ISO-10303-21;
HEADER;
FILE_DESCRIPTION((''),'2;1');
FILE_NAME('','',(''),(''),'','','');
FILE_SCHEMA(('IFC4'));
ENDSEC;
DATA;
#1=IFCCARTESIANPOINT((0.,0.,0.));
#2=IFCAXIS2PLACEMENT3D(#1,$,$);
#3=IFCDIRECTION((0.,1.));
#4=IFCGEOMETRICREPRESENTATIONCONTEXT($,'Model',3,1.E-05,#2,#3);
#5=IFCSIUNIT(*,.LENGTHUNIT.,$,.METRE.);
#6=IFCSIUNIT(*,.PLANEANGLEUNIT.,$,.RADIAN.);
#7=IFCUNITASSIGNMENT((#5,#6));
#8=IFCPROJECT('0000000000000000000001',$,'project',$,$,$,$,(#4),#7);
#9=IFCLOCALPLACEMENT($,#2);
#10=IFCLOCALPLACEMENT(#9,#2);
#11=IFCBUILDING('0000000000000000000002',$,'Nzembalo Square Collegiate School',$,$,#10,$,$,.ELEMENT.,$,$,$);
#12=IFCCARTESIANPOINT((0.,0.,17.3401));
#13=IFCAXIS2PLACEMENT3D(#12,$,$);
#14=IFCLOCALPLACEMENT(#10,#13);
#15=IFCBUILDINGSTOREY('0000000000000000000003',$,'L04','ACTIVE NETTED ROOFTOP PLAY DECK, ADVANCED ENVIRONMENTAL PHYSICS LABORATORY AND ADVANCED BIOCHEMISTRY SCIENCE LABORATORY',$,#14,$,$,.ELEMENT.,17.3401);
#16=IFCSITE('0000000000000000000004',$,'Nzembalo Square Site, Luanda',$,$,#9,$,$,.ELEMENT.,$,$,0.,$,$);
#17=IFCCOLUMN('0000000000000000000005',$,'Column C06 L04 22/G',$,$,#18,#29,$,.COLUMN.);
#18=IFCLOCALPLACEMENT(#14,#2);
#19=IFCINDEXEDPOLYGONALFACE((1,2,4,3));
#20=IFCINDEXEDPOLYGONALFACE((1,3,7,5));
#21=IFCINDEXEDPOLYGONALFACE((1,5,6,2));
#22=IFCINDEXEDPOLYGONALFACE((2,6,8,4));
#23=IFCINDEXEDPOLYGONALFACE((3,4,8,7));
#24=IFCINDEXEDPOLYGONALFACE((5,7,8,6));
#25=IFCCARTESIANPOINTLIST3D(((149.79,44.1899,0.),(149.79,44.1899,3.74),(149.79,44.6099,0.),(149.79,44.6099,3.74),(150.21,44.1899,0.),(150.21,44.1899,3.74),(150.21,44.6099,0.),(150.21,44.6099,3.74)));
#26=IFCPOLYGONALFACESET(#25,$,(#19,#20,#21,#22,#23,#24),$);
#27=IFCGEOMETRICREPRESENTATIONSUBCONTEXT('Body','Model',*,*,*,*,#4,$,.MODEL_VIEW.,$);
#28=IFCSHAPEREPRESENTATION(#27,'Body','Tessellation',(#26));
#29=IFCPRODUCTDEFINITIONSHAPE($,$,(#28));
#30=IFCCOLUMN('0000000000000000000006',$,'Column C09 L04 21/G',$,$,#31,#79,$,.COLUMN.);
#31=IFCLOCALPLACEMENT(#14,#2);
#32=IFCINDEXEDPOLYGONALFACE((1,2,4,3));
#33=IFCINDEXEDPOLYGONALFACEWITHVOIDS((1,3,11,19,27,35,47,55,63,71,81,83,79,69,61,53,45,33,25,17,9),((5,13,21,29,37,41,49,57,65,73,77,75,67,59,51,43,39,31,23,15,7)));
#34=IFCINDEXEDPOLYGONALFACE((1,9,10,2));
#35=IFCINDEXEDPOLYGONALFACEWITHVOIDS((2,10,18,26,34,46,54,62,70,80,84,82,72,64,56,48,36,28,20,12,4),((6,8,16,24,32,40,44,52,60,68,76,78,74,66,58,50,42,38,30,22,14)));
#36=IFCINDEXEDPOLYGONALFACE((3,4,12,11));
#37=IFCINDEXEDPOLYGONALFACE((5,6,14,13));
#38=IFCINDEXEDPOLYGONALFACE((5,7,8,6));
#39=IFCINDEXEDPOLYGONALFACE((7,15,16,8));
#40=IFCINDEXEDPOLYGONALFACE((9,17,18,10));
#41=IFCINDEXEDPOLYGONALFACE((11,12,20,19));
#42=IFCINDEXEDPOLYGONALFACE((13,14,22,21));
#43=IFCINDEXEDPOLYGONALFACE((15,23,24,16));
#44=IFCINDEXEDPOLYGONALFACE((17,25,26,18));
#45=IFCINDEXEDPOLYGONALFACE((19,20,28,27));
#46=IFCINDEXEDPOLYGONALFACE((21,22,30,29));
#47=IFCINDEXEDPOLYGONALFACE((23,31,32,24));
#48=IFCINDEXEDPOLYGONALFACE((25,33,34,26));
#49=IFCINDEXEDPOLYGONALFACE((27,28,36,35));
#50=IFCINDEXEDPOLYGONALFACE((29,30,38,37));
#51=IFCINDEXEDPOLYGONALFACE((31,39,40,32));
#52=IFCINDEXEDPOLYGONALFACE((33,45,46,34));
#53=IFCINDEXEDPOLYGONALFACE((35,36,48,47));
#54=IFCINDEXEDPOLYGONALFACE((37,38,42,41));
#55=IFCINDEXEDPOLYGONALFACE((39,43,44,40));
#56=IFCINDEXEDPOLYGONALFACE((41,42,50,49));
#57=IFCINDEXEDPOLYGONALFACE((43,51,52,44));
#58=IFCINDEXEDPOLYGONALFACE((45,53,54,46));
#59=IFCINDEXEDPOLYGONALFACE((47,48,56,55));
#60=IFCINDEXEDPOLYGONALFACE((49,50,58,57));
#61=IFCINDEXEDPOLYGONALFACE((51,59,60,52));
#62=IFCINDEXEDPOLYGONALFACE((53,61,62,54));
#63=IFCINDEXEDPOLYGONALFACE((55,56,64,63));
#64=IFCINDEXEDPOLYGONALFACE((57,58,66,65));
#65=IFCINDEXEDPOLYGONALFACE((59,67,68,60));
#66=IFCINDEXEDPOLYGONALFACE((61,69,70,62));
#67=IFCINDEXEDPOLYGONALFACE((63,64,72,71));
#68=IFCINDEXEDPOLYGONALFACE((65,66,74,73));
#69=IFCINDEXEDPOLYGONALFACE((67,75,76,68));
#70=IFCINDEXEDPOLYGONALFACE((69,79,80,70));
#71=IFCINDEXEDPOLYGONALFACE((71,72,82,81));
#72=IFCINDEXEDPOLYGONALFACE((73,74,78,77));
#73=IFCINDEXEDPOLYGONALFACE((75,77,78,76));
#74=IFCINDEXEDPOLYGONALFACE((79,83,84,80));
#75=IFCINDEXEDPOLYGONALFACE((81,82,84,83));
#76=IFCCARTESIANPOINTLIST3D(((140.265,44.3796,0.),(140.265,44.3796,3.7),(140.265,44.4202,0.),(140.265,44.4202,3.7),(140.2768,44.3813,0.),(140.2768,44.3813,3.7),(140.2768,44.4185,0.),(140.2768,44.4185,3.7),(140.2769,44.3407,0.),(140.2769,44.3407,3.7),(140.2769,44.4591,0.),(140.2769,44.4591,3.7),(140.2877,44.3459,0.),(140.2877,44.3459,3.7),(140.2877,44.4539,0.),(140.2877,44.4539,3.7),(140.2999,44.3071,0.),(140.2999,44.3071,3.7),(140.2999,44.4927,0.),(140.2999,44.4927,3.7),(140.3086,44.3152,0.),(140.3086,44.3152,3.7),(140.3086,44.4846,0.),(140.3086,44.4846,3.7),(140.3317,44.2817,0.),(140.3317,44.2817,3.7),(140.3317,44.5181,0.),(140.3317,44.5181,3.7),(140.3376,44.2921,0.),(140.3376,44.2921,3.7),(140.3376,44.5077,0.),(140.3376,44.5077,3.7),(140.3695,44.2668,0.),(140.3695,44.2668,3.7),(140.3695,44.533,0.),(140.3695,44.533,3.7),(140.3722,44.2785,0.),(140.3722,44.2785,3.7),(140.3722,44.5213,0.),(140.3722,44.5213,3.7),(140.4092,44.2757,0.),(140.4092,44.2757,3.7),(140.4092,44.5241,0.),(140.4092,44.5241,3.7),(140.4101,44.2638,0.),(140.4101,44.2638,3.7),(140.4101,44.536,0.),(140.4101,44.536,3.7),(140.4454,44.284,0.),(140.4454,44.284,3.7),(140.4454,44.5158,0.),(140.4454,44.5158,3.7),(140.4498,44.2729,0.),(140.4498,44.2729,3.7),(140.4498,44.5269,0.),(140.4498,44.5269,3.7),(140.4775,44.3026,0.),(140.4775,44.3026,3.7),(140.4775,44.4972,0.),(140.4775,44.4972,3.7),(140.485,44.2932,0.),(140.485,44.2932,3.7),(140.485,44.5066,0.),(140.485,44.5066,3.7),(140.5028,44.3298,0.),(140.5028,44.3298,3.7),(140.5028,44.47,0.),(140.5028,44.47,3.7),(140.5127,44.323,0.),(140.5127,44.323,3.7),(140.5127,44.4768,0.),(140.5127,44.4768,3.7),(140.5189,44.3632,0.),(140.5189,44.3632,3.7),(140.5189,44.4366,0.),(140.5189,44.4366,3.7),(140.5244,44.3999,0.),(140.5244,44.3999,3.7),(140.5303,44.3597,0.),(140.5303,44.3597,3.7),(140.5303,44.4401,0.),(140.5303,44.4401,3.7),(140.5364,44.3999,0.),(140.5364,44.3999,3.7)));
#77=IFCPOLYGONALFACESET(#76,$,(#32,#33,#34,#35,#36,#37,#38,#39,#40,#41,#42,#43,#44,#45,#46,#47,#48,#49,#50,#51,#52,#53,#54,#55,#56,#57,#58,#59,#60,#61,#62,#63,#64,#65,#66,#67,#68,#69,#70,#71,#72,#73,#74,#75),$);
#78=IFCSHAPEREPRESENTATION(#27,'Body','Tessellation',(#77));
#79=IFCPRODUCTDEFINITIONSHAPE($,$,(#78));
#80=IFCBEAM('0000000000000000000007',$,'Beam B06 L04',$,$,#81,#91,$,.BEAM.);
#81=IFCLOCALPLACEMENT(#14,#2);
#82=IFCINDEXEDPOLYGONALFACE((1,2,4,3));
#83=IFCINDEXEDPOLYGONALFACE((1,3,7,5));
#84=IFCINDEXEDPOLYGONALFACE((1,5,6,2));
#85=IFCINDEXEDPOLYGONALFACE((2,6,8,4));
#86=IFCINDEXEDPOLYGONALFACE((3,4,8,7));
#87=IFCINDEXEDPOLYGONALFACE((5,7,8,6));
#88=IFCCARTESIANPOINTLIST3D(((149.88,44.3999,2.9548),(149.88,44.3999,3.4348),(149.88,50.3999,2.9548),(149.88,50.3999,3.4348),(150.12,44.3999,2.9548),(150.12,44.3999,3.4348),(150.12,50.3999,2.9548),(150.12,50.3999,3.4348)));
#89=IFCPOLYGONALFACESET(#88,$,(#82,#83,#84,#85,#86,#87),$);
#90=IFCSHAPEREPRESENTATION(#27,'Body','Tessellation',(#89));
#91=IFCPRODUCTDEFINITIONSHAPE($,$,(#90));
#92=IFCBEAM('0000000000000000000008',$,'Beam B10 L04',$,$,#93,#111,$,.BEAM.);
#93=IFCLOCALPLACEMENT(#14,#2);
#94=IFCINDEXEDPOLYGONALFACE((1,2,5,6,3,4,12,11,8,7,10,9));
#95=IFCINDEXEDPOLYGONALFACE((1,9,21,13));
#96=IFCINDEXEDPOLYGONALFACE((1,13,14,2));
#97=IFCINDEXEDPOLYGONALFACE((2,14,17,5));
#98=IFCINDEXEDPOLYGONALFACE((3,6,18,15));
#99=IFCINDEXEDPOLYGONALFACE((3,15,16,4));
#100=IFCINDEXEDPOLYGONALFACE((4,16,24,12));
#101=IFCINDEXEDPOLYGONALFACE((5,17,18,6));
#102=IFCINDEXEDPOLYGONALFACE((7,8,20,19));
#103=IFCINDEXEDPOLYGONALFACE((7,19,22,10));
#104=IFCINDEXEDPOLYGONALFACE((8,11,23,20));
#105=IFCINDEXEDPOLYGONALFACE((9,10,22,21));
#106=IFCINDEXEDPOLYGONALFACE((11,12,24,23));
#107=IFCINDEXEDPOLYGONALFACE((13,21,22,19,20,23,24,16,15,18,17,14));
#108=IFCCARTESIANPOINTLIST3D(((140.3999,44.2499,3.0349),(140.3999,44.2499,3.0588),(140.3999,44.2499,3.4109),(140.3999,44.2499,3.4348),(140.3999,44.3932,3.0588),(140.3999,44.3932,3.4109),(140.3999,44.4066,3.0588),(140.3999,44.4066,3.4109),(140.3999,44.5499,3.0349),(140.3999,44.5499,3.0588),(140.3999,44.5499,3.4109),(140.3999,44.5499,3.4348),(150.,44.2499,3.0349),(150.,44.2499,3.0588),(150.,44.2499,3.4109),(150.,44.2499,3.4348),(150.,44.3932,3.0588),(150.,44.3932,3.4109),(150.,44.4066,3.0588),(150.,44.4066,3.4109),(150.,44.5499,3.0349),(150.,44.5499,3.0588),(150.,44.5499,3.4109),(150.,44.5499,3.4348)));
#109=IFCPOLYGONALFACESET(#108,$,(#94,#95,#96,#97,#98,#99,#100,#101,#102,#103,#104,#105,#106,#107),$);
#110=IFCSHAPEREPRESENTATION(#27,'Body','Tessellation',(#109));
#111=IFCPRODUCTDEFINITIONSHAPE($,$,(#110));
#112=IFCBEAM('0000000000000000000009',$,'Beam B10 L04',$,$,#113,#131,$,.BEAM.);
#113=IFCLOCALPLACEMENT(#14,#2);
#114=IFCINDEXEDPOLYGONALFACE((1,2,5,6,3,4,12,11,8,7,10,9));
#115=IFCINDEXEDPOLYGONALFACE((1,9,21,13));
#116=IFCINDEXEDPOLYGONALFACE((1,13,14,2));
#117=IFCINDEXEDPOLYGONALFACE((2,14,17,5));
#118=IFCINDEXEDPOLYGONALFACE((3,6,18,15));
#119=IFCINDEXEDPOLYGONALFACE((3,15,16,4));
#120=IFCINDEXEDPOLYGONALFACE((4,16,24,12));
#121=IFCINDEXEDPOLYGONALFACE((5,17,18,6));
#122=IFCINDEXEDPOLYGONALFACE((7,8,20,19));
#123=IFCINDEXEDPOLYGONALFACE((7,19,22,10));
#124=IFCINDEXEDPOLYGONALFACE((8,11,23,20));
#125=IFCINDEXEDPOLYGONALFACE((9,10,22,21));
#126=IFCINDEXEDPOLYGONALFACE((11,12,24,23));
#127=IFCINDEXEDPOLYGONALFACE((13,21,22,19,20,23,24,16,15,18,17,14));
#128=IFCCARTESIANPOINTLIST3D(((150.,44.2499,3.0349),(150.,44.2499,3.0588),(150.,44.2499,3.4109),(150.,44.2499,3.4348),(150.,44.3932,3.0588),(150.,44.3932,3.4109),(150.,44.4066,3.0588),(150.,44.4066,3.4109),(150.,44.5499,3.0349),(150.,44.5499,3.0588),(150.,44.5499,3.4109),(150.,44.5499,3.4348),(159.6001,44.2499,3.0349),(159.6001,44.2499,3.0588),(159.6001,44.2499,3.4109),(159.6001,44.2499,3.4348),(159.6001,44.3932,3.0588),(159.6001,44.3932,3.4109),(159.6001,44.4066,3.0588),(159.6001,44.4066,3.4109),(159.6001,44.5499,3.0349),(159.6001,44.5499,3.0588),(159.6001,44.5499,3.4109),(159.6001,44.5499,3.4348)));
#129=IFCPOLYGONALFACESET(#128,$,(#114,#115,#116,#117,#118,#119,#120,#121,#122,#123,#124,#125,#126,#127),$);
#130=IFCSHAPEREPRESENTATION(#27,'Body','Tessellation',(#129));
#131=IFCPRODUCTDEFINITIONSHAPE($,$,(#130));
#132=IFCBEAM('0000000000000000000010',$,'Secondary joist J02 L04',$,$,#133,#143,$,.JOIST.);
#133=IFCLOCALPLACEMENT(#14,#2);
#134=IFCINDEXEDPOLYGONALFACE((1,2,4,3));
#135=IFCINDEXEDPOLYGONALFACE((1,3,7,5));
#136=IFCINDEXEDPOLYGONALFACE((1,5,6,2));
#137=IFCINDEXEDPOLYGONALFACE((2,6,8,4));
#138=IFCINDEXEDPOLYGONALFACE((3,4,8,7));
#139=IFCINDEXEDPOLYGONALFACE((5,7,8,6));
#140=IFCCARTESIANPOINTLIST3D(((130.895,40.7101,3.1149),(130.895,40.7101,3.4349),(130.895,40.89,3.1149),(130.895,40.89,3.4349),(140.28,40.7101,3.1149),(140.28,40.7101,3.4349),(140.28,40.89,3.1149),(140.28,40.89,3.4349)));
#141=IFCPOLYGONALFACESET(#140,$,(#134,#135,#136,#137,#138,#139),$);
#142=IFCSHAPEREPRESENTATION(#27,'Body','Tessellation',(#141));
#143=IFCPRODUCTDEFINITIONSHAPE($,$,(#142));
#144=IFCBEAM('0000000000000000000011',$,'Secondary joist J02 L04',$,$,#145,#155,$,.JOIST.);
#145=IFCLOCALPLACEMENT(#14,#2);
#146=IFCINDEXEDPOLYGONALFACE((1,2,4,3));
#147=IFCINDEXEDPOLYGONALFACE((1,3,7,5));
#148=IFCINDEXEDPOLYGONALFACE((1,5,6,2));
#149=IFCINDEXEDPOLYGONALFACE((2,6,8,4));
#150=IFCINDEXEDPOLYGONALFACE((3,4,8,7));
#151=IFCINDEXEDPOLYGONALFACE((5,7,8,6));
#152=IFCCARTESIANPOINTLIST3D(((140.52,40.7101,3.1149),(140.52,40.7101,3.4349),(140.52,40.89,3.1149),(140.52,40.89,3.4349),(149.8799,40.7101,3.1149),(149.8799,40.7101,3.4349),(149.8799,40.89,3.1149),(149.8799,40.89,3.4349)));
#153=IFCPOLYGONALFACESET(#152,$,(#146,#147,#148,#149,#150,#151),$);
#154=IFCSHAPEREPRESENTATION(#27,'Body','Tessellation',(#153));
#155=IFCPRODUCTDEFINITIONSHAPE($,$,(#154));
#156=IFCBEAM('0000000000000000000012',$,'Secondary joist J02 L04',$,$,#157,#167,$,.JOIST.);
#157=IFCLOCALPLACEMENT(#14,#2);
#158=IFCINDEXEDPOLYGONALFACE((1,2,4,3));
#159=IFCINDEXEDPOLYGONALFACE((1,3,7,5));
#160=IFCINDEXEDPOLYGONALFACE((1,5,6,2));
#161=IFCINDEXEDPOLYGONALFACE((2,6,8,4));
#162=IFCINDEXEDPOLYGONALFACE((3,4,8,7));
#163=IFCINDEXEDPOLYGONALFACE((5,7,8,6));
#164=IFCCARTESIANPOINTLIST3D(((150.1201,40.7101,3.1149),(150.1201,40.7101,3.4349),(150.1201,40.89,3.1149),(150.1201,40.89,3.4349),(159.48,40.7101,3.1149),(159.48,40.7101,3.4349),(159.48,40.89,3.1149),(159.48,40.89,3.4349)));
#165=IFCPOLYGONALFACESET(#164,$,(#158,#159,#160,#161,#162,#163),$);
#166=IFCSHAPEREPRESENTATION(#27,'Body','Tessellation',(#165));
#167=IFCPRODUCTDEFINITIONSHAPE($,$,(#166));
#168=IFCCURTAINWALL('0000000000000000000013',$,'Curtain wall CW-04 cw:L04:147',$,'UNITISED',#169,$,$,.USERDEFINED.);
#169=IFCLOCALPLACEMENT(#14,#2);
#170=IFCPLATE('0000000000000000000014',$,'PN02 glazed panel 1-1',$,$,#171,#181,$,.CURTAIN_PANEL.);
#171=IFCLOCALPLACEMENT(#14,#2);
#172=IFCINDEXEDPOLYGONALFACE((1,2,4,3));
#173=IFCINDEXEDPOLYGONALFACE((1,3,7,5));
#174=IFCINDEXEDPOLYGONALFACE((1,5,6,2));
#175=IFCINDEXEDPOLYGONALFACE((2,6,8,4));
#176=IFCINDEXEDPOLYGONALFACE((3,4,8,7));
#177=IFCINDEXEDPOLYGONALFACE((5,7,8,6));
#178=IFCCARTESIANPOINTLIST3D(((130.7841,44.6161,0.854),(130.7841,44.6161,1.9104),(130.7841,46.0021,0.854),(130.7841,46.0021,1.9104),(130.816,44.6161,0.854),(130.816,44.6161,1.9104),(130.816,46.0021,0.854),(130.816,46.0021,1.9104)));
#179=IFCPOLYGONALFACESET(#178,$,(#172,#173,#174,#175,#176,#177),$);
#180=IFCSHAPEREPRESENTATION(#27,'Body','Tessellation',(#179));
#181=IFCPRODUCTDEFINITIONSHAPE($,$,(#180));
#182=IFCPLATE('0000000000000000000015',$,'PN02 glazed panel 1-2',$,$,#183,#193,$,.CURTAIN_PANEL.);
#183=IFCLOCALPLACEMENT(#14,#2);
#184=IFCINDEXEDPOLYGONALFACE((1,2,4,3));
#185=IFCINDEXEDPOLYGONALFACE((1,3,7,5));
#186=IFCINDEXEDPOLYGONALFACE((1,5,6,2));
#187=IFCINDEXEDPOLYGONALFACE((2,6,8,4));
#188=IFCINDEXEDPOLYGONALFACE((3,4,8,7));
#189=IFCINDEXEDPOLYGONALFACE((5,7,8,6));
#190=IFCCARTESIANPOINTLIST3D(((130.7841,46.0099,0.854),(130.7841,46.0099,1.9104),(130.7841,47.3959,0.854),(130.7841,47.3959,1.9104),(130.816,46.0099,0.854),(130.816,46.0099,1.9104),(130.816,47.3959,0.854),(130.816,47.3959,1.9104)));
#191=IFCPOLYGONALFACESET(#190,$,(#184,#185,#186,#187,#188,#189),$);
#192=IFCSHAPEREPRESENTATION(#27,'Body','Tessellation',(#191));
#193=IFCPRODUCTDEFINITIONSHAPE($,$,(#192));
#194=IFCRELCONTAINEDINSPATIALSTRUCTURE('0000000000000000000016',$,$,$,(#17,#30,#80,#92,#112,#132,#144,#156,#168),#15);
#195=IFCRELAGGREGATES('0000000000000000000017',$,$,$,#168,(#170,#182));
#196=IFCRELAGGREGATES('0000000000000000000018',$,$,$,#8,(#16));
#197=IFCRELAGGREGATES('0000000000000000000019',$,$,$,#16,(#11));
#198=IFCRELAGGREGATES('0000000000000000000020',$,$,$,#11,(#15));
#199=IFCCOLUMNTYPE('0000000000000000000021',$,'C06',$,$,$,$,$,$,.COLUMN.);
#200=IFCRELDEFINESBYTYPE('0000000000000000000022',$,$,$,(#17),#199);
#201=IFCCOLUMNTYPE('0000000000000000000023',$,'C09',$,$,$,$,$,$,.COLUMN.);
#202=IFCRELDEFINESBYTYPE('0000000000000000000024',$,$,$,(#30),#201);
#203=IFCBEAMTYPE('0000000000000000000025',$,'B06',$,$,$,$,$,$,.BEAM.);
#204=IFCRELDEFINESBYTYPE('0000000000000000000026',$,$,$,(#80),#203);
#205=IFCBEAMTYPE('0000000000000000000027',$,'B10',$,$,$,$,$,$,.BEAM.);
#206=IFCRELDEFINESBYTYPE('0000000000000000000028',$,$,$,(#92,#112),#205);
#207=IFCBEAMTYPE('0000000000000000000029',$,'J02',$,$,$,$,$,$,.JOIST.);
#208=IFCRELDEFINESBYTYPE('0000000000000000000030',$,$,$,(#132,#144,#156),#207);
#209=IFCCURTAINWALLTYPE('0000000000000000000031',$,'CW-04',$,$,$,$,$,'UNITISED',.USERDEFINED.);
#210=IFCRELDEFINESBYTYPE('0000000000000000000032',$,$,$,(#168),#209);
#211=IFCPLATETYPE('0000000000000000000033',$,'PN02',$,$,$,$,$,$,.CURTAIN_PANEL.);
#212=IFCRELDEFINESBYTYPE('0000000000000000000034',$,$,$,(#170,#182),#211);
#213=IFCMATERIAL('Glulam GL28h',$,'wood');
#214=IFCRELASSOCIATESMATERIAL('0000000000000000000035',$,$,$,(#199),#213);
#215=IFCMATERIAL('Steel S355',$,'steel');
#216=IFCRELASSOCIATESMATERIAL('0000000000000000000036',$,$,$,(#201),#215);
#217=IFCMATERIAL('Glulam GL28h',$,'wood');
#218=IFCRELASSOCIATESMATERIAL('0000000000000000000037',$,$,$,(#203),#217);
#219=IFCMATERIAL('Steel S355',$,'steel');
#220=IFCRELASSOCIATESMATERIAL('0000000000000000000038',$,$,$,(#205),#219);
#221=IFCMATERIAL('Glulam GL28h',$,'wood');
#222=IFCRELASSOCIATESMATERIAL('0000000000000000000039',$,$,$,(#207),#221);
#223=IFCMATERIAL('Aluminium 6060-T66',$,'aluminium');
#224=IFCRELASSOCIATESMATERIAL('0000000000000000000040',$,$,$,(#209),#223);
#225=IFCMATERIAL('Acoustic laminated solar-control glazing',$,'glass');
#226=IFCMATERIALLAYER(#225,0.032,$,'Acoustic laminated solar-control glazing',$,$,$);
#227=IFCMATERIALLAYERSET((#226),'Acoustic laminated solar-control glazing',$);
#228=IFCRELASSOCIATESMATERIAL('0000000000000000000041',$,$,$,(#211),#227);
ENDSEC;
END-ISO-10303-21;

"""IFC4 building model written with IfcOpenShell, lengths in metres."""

from ifc_helpers import new_model, si_unit, direction, frame, origin, origin_2d, place, context, subcontext, project, spatial, rectangle, hollow_circle, i_section, extrude, material, layer, layer_set, material_profile, profile_set, type_object, element, aggregate, save


model = new_model("IFC4")

# Units and contexts
model_context = context("Model", 3, precision=1e-05, world=origin(), true_north=direction((0.0, 1.0)))
body_context = subcontext(model_context, "Body", "Model", "MODEL_VIEW")
ifc_project = project(units=[si_unit("LENGTHUNIT", "METRE"), si_unit("PLANEANGLEUNIT", "RADIAN")], contexts=[model_context])

# Site, building, storey
site_placement = place(None, origin())
site = spatial("IfcSite", under=ifc_project, at=site_placement, Name="Nzembalo Square Site, Luanda", CompositionType="ELEMENT", RefElevation=0.0)
building_placement = place(site_placement, origin())
building = spatial("IfcBuilding", under=site, at=building_placement, Name="Nzembalo Square Collegiate School", CompositionType="ELEMENT")
storey_placement = place(building_placement, frame((0.0, 0.0, 17.3401)))
storey = spatial("IfcBuildingStorey", under=building, at=storey_placement, Name="L04", Description="ACTIVE NETTED ROOFTOP PLAY DECK, ADVANCED ENVIRONMENTAL PHYSICS LABORATORY AND ADVANCED BIOCHEMISTRY SCIENCE LABORATORY", CompositionType="ELEMENT", Elevation=17.3401)

# Columns
ifc_material_1 = material(Name="Glulam GL28h", Category="wood")
ifc_material_profile_1 = material_profile(ifc_material_1, rectangle(XDim=0.4199, YDim=0.4199, at=origin_2d()), Name="GL28h 420x420")
ifc_profile_set_1 = profile_set([ifc_material_profile_1], Name="Glulam GL28h")
column_type_1 = type_object("IfcColumnType", Name="C06", PredefinedType="COLUMN", material=ifc_profile_set_1)
column_1_placement = place(storey_placement, frame((150.0, 44.3999, 0.0), z_axis=(0.0, 0.0, 1.0), x_axis=(1.0, 0.0, 0.0)))
element("IfcColumn", 1, at=column_1_placement, inside=storey, type_object=column_type_1, Name="Column C06 L04 22/G", PredefinedType="COLUMN", context=body_context, shape_type="SweptSolid", body=[
    extrude(rectangle(XDim=0.4199, YDim=0.4199, at=origin_2d()), origin(), (0.0, 0.0, 1.0), 3.74),
])
ifc_material_2 = material(Name="Steel S355", Category="steel")
ifc_material_profile_2 = material_profile(ifc_material_2, hollow_circle(Radius=0.1365, WallThickness=0.012, at=origin_2d()), Name="CHS 273x12")
ifc_profile_set_2 = profile_set([ifc_material_profile_2], Name="Steel S355")
column_type_2 = type_object("IfcColumnType", Name="C09", PredefinedType="COLUMN", material=ifc_profile_set_2)
column_2_placement = place(storey_placement, frame((140.3999, 44.3999, 0.0), z_axis=(0.0, 0.0, 1.0), x_axis=(1.0, 0.0, 0.0)))
element("IfcColumn", 2, at=column_2_placement, inside=storey, type_object=column_type_2, Name="Column C09 L04 21/G", PredefinedType="COLUMN", context=body_context, shape_type="SweptSolid", body=[
    extrude(hollow_circle(Radius=0.1365, WallThickness=0.012, at=origin_2d()), origin(), (0.0, 0.0, 1.0), 3.7),
])

# Beams
ifc_material_3 = material(Name="Glulam GL28h", Category="wood")
ifc_material_profile_3 = material_profile(ifc_material_3, rectangle(XDim=0.24, YDim=0.48, at=origin_2d()), Name="GL28h 240x480")
ifc_profile_set_3 = profile_set([ifc_material_profile_3], Name="Glulam GL28h")
beam_type_1 = type_object("IfcBeamType", Name="B06", PredefinedType="BEAM", material=ifc_profile_set_3)
beam_1_placement = place(storey_placement, frame((150.0, 44.3999, 3.1948), z_axis=(0.0, 1.0, 0.0), x_axis=(-1.0, 0.0, 0.0)))
element("IfcBeam", 3, at=beam_1_placement, inside=storey, type_object=beam_type_1, Name="Beam B06 L04", PredefinedType="BEAM", context=body_context, shape_type="SweptSolid", body=[
    extrude(rectangle(XDim=0.24, YDim=0.48, at=origin_2d()), origin(), (0.0, 0.0, 1.0), 6.0),
])
ifc_material_4 = material(Name="Steel S355", Category="steel")
ifc_material_profile_4 = material_profile(ifc_material_4, i_section(OverallWidth=0.3, OverallDepth=0.3999, WebThickness=0.0134, FlangeThickness=0.0239, at=origin_2d()), Name="HEB 400")
ifc_profile_set_4 = profile_set([ifc_material_profile_4], Name="Steel S355")
beam_type_2 = type_object("IfcBeamType", Name="B10", PredefinedType="BEAM", material=ifc_profile_set_4)
for number, where, z_axis, x_axis, name in (
    (4, (140.3999, 44.3999, 3.2349), (1.0, 0.0, 0.0), (0.0, 1.0, 0.0), "Beam B10 L04"),
    (5, (150.0, 44.3999, 3.2349), (1.0, 0.0, 0.0), (0.0, 1.0, 0.0), "Beam B10 L04"),
):
    element("IfcBeam", number, at=place(storey_placement, frame(where, z_axis=z_axis, x_axis=x_axis)), inside=storey, type_object=beam_type_2, Name=name, PredefinedType="BEAM", context=body_context, shape_type="SweptSolid", body=[
        extrude(i_section(OverallWidth=0.3, OverallDepth=0.3999, WebThickness=0.0134, FlangeThickness=0.0239, at=origin_2d()), origin(), (0.0, 0.0, 1.0), 9.6001),
    ])
ifc_material_5 = material(Name="Glulam GL28h", Category="wood")
ifc_material_profile_5 = material_profile(ifc_material_5, rectangle(XDim=0.1799, YDim=0.3201, at=origin_2d()), Name="GL28h 180x320")
ifc_profile_set_5 = profile_set([ifc_material_profile_5], Name="Glulam GL28h")
beam_type_3 = type_object("IfcBeamType", Name="J02", PredefinedType="JOIST", material=ifc_profile_set_5)
beam_2_placement = place(storey_placement, frame((130.895, 40.8, 3.2749), z_axis=(1.0, 0.0, 0.0), x_axis=(0.0, 1.0, 0.0)))
element("IfcBeam", 6, at=beam_2_placement, inside=storey, type_object=beam_type_3, Name="Secondary joist J02 L04", PredefinedType="JOIST", context=body_context, shape_type="SweptSolid", body=[
    extrude(rectangle(XDim=0.1799, YDim=0.3201, at=origin_2d()), origin(), (0.0, 0.0, 1.0), 9.385),
])
for number, where, z_axis, x_axis, name in (
    (7, (140.52, 40.8, 3.2749), (1.0, 0.0, 0.0), (0.0, 1.0, 0.0), "Secondary joist J02 L04"),
    (8, (150.1201, 40.8, 3.2749), (1.0, 0.0, 0.0), (0.0, 1.0, 0.0), "Secondary joist J02 L04"),
):
    element("IfcBeam", number, at=place(storey_placement, frame(where, z_axis=z_axis, x_axis=x_axis)), inside=storey, type_object=beam_type_3, Name=name, PredefinedType="JOIST", context=body_context, shape_type="SweptSolid", body=[
        extrude(rectangle(XDim=0.1799, YDim=0.3201, at=origin_2d()), origin(), (0.0, 0.0, 1.0), 9.3599),
    ])

# Curtain wall, plates
ifc_material_6 = material(Name="Aluminium 6060-T66", Category="aluminium")
curtain_wall_type = type_object("IfcCurtainWallType", Name="CW-04", ElementType="UNITISED", PredefinedType="USERDEFINED", material=ifc_material_6)
curtain_wall_placement = place(storey_placement, origin())
curtain_wall = element("IfcCurtainWall", 9, at=curtain_wall_placement, inside=storey, type_object=curtain_wall_type, Name="Curtain wall CW-04 cw:L04:147", ObjectType="UNITISED", PredefinedType="USERDEFINED")
ifc_material_7 = material(Name="Acoustic laminated solar-control glazing", Category="glass")
ifc_layer_1 = layer(ifc_material_7, 0.032, Name="Acoustic laminated solar-control glazing")
ifc_layer_set_1 = layer_set([ifc_layer_1], Name="Acoustic laminated solar-control glazing")
plate_type = type_object("IfcPlateType", Name="PN02", PredefinedType="CURTAIN_PANEL", material=ifc_layer_set_1)
plate_1_placement = place(storey_placement, frame((130.8, 45.3091, 0.854), z_axis=(0.0, 0.0, 1.0), x_axis=(0.0, 1.0, 0.0)))
plate_1 = element("IfcPlate", 10, at=plate_1_placement, type_object=plate_type, Name="PN02 glazed panel 1-1", PredefinedType="CURTAIN_PANEL", context=body_context, shape_type="SweptSolid", body=[
    extrude(rectangle(XDim=1.386, YDim=0.032, at=origin_2d()), origin(), (0.0, 0.0, 1.0), 1.0564),
])
plate_2_placement = place(storey_placement, frame((130.8, 46.7029, 0.854), z_axis=(0.0, 0.0, 1.0), x_axis=(0.0, 1.0, 0.0)))
plate_2 = element("IfcPlate", 11, at=plate_2_placement, type_object=plate_type, Name="PN02 glazed panel 1-2", PredefinedType="CURTAIN_PANEL", context=body_context, shape_type="SweptSolid", body=[
    extrude(rectangle(XDim=1.386, YDim=0.032, at=origin_2d()), origin(), (0.0, 0.0, 1.0), 1.0564),
])
aggregate(curtain_wall, [plate_1, plate_2])

save(model, "model.ifc")
